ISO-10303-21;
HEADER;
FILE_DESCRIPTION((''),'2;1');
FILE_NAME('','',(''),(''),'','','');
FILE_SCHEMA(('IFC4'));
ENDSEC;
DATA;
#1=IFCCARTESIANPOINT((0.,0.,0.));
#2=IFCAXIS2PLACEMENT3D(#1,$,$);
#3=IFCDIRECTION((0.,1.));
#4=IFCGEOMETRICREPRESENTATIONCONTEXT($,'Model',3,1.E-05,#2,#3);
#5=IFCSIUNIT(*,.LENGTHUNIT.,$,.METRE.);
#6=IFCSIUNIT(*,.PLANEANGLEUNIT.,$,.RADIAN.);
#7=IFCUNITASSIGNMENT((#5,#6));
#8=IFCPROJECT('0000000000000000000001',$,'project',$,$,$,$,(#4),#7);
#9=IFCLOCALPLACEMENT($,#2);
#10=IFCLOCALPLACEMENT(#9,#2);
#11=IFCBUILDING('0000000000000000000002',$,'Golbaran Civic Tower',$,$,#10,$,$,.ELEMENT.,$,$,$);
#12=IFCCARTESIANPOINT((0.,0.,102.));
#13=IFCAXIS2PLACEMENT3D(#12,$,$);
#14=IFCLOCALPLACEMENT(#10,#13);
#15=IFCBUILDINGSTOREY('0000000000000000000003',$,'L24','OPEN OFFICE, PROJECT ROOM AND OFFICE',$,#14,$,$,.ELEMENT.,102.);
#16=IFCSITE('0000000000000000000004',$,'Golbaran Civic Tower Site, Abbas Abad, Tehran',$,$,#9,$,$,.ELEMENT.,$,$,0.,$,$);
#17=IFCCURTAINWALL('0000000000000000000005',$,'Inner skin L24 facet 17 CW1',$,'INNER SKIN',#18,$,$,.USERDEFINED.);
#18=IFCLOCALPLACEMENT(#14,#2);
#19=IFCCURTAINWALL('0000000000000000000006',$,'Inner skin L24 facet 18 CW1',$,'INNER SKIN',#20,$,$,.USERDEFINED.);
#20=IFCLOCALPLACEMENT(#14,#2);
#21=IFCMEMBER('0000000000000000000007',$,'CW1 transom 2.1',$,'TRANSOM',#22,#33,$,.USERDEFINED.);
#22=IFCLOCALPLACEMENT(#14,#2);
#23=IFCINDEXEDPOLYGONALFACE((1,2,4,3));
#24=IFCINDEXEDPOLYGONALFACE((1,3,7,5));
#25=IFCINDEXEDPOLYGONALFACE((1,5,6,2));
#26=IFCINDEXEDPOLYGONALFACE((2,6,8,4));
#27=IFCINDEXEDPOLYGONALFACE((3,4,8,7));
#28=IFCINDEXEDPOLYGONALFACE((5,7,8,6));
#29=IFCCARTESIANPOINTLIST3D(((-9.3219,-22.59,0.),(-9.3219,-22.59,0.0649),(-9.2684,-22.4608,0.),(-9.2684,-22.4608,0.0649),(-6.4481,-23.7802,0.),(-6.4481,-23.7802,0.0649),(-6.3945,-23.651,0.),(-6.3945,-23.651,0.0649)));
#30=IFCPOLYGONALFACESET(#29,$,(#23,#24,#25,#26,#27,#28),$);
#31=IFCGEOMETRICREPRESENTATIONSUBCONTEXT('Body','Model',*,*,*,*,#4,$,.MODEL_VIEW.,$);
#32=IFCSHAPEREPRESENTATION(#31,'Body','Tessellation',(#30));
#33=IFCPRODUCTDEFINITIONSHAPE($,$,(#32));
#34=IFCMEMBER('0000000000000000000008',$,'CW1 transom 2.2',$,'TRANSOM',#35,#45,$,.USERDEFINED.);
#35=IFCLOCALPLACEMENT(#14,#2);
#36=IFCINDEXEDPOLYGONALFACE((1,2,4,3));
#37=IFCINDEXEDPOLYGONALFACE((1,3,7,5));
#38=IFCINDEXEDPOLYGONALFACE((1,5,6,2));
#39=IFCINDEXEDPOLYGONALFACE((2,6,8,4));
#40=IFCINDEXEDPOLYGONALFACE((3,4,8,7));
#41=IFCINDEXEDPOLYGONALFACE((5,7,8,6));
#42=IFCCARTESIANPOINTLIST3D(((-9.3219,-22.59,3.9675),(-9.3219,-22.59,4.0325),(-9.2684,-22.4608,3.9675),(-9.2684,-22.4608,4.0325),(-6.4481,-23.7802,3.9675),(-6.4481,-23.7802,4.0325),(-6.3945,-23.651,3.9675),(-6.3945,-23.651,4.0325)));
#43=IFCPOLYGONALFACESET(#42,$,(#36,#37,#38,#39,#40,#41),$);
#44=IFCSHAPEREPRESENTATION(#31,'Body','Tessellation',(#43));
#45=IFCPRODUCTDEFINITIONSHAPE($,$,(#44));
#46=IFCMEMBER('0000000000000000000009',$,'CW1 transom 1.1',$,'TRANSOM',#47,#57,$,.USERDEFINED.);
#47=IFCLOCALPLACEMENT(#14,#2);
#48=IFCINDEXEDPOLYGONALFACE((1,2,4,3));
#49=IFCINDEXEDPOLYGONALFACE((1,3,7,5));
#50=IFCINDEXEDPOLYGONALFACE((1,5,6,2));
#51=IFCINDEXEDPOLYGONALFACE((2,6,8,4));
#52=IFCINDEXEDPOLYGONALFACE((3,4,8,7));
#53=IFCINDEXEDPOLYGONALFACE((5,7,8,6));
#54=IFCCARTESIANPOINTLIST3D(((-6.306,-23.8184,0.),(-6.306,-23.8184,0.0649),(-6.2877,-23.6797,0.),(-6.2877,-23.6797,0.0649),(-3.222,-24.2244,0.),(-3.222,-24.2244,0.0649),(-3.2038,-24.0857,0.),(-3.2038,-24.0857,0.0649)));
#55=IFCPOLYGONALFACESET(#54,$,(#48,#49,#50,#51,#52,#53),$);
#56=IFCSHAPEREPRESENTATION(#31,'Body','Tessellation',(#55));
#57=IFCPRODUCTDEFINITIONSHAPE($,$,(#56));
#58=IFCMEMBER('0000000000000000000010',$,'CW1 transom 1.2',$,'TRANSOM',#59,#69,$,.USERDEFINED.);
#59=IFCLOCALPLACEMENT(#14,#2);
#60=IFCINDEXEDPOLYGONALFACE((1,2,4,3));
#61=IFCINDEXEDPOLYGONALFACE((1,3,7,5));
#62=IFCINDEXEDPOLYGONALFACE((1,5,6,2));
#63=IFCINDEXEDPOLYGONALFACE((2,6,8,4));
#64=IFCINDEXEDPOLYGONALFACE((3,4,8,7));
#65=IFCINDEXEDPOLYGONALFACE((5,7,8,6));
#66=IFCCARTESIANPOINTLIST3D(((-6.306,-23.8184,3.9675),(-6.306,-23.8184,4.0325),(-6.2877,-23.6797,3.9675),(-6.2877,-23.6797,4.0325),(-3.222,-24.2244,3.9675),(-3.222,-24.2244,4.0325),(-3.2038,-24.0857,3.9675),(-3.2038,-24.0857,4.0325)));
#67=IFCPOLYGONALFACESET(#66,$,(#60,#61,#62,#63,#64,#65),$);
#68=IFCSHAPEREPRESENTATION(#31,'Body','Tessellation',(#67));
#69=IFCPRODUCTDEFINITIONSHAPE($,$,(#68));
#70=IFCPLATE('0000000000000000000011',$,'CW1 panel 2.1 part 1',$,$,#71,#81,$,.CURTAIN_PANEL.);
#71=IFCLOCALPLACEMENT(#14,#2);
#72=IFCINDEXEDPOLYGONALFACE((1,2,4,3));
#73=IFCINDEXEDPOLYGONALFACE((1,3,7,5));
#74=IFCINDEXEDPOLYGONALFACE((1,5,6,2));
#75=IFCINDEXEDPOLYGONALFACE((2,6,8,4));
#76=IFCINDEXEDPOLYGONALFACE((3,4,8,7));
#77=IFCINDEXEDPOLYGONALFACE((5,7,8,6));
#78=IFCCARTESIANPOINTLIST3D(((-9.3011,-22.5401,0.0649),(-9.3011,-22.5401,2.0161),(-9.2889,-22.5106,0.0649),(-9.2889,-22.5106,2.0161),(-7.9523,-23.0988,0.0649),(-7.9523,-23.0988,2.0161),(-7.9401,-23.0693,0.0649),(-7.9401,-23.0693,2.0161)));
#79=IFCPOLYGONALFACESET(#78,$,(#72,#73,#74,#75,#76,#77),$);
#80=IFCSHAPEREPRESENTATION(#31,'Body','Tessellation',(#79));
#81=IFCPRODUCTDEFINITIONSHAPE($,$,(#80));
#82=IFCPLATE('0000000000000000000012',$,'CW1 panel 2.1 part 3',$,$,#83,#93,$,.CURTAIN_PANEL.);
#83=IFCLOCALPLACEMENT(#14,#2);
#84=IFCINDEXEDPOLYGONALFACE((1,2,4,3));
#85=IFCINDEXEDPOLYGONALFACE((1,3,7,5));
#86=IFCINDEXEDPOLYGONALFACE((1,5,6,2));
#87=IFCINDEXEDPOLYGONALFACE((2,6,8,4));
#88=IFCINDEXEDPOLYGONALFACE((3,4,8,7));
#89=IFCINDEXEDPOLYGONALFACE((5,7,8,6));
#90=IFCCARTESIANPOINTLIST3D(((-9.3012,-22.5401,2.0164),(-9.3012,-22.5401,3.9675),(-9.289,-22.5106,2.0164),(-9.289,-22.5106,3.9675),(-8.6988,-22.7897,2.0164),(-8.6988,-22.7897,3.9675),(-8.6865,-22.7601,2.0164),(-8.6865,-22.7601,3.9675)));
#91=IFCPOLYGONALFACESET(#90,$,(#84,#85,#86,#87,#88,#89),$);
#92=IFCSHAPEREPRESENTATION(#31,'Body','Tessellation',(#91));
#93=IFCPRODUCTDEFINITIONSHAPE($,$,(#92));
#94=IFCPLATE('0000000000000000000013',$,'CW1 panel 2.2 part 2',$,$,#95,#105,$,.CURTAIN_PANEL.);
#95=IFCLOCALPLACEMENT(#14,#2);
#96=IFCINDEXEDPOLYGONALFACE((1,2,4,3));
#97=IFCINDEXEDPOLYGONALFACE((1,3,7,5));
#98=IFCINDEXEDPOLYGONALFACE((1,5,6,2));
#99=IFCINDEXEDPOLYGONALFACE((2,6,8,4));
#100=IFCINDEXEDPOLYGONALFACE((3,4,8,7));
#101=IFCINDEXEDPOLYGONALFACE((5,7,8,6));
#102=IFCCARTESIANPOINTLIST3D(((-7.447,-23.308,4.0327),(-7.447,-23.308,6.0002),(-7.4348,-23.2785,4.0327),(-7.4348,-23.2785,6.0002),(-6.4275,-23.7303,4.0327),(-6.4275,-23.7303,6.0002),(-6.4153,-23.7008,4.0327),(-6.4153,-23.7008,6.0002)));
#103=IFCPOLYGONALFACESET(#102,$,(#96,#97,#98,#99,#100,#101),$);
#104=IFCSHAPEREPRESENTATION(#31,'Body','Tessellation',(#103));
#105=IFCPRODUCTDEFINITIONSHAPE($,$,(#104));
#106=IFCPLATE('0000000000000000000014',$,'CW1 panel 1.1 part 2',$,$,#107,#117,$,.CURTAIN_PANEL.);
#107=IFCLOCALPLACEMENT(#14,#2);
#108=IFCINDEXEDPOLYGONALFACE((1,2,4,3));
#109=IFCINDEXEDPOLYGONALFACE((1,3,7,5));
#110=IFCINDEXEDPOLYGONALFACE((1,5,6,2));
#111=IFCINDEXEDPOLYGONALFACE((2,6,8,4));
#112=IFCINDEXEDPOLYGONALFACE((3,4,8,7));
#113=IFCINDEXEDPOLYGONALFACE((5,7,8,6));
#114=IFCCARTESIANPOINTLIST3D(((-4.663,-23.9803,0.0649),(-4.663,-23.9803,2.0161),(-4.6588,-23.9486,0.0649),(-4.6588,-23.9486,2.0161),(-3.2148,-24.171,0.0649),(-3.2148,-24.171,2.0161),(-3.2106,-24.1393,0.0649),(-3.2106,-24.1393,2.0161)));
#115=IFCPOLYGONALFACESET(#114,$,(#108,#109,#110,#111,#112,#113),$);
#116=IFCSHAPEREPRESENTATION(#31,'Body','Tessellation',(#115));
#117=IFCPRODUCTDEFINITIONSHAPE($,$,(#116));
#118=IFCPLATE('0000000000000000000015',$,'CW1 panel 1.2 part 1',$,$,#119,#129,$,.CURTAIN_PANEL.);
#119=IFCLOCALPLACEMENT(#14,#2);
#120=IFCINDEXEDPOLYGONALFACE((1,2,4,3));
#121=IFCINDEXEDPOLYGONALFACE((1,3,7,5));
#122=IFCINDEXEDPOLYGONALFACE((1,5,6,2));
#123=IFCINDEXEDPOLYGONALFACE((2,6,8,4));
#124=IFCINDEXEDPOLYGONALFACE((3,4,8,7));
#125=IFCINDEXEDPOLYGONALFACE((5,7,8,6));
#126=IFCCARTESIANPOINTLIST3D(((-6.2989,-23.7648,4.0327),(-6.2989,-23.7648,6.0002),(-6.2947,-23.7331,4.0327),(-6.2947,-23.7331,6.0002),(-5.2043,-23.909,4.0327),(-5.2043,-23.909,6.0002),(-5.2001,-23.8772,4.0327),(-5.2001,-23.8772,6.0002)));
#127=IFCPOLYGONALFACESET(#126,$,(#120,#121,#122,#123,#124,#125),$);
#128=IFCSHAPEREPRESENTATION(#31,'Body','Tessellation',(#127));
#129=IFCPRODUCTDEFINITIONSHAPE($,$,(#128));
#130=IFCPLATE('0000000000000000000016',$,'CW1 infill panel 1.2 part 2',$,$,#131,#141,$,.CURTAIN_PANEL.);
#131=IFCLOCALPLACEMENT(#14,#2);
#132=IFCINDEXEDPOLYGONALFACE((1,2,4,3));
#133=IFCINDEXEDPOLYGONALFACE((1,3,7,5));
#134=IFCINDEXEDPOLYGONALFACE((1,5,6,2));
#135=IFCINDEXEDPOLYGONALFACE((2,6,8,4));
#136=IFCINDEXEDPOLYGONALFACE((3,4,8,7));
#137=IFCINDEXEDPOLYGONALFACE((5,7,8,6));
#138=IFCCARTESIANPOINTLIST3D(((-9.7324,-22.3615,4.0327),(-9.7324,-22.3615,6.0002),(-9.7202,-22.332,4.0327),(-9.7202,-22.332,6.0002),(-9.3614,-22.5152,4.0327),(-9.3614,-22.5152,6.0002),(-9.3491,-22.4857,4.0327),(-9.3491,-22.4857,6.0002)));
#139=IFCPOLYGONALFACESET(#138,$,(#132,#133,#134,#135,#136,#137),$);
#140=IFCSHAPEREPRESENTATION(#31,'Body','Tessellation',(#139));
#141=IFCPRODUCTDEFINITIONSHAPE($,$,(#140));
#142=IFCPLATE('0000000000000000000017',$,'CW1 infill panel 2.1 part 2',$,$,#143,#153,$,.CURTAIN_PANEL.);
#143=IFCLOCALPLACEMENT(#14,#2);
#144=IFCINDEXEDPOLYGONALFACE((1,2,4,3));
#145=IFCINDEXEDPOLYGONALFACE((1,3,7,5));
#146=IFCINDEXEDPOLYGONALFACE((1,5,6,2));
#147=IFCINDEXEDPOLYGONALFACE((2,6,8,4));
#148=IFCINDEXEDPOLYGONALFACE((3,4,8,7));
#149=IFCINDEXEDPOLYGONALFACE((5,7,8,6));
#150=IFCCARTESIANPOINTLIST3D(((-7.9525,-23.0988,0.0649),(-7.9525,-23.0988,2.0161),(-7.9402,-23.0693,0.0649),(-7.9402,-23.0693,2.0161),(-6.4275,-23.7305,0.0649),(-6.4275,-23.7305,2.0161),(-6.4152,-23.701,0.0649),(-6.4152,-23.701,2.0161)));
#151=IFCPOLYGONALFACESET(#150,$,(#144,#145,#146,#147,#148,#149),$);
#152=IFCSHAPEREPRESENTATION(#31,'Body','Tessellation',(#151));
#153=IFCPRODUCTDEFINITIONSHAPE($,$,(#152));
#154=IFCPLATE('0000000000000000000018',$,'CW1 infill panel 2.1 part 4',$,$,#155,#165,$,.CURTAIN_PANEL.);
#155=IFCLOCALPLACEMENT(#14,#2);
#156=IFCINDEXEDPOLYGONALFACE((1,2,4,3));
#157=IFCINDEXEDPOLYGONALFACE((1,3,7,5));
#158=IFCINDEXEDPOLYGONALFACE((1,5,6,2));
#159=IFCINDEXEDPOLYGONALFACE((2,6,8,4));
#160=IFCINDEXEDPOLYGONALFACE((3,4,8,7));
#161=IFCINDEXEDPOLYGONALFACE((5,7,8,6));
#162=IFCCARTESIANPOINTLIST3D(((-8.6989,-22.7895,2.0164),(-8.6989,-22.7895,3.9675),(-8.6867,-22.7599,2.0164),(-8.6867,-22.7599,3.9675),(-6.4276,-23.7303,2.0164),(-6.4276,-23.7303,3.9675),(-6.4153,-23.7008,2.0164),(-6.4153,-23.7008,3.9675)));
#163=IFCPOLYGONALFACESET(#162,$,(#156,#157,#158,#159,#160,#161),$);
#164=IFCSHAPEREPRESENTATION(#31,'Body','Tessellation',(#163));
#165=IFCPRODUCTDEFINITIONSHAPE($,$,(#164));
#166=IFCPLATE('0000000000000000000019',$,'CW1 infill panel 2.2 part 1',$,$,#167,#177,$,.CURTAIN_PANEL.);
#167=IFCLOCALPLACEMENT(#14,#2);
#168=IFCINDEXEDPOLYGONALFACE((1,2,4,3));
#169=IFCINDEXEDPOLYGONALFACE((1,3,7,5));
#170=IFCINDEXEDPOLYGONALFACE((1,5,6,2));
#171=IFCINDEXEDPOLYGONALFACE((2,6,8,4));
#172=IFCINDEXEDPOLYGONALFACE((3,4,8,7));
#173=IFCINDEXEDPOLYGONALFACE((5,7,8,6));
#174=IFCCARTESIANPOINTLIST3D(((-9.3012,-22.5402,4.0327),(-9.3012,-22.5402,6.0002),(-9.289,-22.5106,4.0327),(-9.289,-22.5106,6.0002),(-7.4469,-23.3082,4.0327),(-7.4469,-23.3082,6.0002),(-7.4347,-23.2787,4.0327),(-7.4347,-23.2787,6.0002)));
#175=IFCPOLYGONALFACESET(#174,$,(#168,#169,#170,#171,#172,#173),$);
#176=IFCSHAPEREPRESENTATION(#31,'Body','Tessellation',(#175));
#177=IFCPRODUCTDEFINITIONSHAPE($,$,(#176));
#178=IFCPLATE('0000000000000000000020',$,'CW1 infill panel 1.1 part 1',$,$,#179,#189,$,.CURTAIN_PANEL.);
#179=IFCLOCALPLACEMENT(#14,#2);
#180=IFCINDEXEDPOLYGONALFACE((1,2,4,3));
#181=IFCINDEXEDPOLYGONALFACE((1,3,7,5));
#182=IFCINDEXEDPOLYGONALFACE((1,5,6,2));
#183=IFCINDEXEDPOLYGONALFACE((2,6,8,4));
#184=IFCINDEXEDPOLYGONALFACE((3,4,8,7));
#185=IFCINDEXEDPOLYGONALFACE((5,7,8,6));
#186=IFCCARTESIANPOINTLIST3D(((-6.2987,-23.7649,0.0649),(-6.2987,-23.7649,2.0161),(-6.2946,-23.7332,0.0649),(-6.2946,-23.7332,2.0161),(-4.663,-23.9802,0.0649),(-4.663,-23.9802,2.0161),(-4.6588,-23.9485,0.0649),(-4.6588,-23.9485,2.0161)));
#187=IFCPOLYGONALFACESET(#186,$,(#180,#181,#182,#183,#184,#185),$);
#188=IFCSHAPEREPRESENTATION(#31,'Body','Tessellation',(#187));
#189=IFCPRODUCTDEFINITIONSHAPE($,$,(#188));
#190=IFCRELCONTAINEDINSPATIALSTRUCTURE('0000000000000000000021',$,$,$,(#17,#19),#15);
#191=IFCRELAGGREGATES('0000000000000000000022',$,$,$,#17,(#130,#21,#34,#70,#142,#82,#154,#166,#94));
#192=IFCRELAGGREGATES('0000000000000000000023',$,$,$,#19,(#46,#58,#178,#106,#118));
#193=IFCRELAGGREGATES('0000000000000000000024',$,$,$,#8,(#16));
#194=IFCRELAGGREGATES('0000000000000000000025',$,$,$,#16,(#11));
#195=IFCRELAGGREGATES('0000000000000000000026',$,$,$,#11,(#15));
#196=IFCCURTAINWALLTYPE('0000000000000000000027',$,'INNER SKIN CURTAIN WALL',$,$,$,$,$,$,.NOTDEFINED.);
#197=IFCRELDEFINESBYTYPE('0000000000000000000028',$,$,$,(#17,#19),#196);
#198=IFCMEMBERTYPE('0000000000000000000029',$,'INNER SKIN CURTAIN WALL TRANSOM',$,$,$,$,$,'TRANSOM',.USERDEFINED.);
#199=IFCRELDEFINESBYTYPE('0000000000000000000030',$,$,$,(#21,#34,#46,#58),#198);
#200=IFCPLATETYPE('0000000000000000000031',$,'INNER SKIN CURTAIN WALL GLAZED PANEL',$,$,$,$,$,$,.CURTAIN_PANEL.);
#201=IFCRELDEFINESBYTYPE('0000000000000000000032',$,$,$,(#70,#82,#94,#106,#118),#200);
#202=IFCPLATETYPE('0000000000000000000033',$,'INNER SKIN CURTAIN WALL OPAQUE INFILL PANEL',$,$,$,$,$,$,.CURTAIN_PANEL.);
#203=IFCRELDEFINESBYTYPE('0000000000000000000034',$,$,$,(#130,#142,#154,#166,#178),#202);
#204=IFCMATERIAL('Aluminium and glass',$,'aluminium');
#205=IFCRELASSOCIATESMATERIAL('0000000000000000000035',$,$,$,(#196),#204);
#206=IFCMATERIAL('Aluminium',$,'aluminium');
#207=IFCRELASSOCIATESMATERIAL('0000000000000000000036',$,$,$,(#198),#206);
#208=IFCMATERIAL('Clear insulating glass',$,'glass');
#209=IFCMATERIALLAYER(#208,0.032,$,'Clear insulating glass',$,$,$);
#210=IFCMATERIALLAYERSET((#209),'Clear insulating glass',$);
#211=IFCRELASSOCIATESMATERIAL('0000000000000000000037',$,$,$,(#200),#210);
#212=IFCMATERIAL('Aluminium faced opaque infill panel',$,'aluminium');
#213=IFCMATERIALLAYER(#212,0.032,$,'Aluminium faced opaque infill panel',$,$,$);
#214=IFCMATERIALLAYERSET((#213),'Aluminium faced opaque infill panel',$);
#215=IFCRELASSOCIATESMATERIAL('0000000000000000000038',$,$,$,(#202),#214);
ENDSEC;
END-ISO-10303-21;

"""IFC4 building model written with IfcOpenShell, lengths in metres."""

from ifc_helpers import new_model, si_unit, direction, frame, origin, origin_2d, place, context, subcontext, project, spatial, rectangle, extrude, material, layer, layer_set, material_profile, profile_set, type_object, element, aggregate, save


model = new_model("IFC4")

# Units and contexts
model_context = context("Model", 3, precision=1e-05, world=origin(), true_north=direction((0.0, 1.0)))
body_context = subcontext(model_context, "Body", "Model", "MODEL_VIEW")
ifc_project = project(units=[si_unit("LENGTHUNIT", "METRE"), si_unit("PLANEANGLEUNIT", "RADIAN")], contexts=[model_context])

# Site, building, storey
site_placement = place(None, origin())
site = spatial("IfcSite", under=ifc_project, at=site_placement, Name="Golbaran Civic Tower Site, Abbas Abad, Tehran", CompositionType="ELEMENT", RefElevation=0.0)
building_placement = place(site_placement, origin())
building = spatial("IfcBuilding", under=site, at=building_placement, Name="Golbaran Civic Tower", CompositionType="ELEMENT")
storey_placement = place(building_placement, frame((0.0, 0.0, 102.0)))
storey = spatial("IfcBuildingStorey", under=building, at=storey_placement, Name="L24", Description="OPEN OFFICE, PROJECT ROOM AND OFFICE", CompositionType="ELEMENT", Elevation=102.0)

# Curtain wall
ifc_material_1 = material(Name="Aluminium and glass", Category="aluminium")
curtain_wall_type = type_object("IfcCurtainWallType", Name="INNER SKIN CURTAIN WALL", PredefinedType="NOTDEFINED", material=ifc_material_1)
curtain_wall_1_placement = place(storey_placement, origin())
curtain_wall_1 = element("IfcCurtainWall", 1, at=curtain_wall_1_placement, inside=storey, type_object=curtain_wall_type, Name="Inner skin L24 facet 17 CW1", ObjectType="INNER SKIN", PredefinedType="USERDEFINED")
ifc_material_2 = material(Name="Aluminium", Category="aluminium")

# Curtain wall
curtain_wall_2_placement = place(storey_placement, origin())
curtain_wall_2 = element("IfcCurtainWall", 2, at=curtain_wall_2_placement, inside=storey, type_object=curtain_wall_type, Name="Inner skin L24 facet 18 CW1", ObjectType="INNER SKIN", PredefinedType="USERDEFINED")

# Members
ifc_material_profile_1 = material_profile(ifc_material_2, rectangle(XDim=0.1399, YDim=0.0649, at=origin_2d()), Name="INNER SKIN CURTAIN WALL TRANSOM")
ifc_profile_set_1 = profile_set([ifc_material_profile_1], Name="Aluminium")
member_type_1 = type_object("IfcMemberType", Name="INNER SKIN CURTAIN WALL TRANSOM", ElementType="TRANSOM", PredefinedType="USERDEFINED", material=ifc_profile_set_1)
member_1_placement = place(storey_placement, frame((-9.2952, -22.5254, 0.0325), z_axis=(0.923899, -0.382636, 0.0), x_axis=(0.382636, 0.923899, 0.0)))
member_1 = element("IfcMember", 3, at=member_1_placement, type_object=member_type_1, Name="CW1 transom 2.1", ObjectType="TRANSOM", PredefinedType="USERDEFINED", context=body_context, shape_type="SweptSolid", body=[
    extrude(rectangle(XDim=0.1399, YDim=0.0649, at=origin_2d()), origin(), (0.0, 0.0, 1.0), 3.1106),
])
member_2_placement = place(storey_placement, frame((-9.2952, -22.5254, 4.0), z_axis=(0.923899, -0.382636, 0.0), x_axis=(0.382636, 0.923899, 0.0)))
member_2 = element("IfcMember", 4, at=member_2_placement, type_object=member_type_1, Name="CW1 transom 2.2", ObjectType="TRANSOM", PredefinedType="USERDEFINED", context=body_context, shape_type="SweptSolid", body=[
    extrude(rectangle(XDim=0.1399, YDim=0.0649, at=origin_2d()), origin(), (0.0, 0.0, 1.0), 3.1106),
])
member_3_placement = place(storey_placement, frame((-6.2969, -23.749, 0.0325), z_axis=(0.991445, -0.130524, 0.0), x_axis=(0.130524, 0.991445, 0.0)))
member_3 = element("IfcMember", 5, at=member_3_placement, type_object=member_type_1, Name="CW1 transom 1.1", ObjectType="TRANSOM", PredefinedType="USERDEFINED", context=body_context, shape_type="SweptSolid", body=[
    extrude(rectangle(XDim=0.1399, YDim=0.0649, at=origin_2d()), origin(), (0.0, 0.0, 1.0), 3.1106),
])
member_4_placement = place(storey_placement, frame((-6.2969, -23.749, 4.0), z_axis=(0.991445, -0.130524, 0.0), x_axis=(0.130524, 0.991445, 0.0)))
member_4 = element("IfcMember", 6, at=member_4_placement, type_object=member_type_1, Name="CW1 transom 1.2", ObjectType="TRANSOM", PredefinedType="USERDEFINED", context=body_context, shape_type="SweptSolid", body=[
    extrude(rectangle(XDim=0.1399, YDim=0.0649, at=origin_2d()), origin(), (0.0, 0.0, 1.0), 3.1106),
])

# Plates
ifc_material_3 = material(Name="Clear insulating glass", Category="glass")
ifc_layer_1 = layer(ifc_material_3, 0.032, Name="Clear insulating glass")
ifc_layer_set_1 = layer_set([ifc_layer_1], Name="Clear insulating glass")
plate_type_1 = type_object("IfcPlateType", Name="INNER SKIN CURTAIN WALL GLAZED PANEL", PredefinedType="CURTAIN_PANEL", material=ifc_layer_set_1)
plate_1_placement = place(storey_placement, frame((-8.6206, -22.8047, 0.0649), z_axis=(0.0, 0.0, 1.0), x_axis=(0.92388, -0.382683, 0.0)))
plate_1 = element("IfcPlate", 7, at=plate_1_placement, type_object=plate_type_1, Name="CW1 panel 2.1 part 1", PredefinedType="CURTAIN_PANEL", context=body_context, shape_type="SweptSolid", body=[
    extrude(rectangle(XDim=1.46, YDim=0.032, at=origin_2d()), origin(), (0.0, 0.0, 1.0), 1.9512),
])
plate_2_placement = place(storey_placement, frame((-8.9939, -22.6501, 2.0164), z_axis=(0.0, 0.0, 1.0), x_axis=(0.92388, -0.382683, 0.0)))
plate_2 = element("IfcPlate", 8, at=plate_2_placement, type_object=plate_type_1, Name="CW1 panel 2.1 part 3", PredefinedType="CURTAIN_PANEL", context=body_context, shape_type="SweptSolid", body=[
    extrude(rectangle(XDim=0.6521, YDim=0.032, at=origin_2d()), origin(), (0.0, 0.0, 1.0), 1.9512),
])
plate_3_placement = place(storey_placement, frame((-6.9312, -23.5044, 4.0327), z_axis=(0.0, 0.0, 1.0), x_axis=(0.92388, -0.382683, 0.0)))
plate_3 = element("IfcPlate", 9, at=plate_3_placement, type_object=plate_type_1, Name="CW1 panel 2.2 part 2", PredefinedType="CURTAIN_PANEL", context=body_context, shape_type="SweptSolid", body=[
    extrude(rectangle(XDim=1.1035, YDim=0.032, at=origin_2d()), origin(), (0.0, 0.0, 1.0), 1.9675),
])
plate_4_placement = place(storey_placement, frame((-3.9368, -24.0598, 0.0649), z_axis=(0.0, 0.0, 1.0), x_axis=(0.991445, -0.130526, 0.0)))
plate_4 = element("IfcPlate", 10, at=plate_4_placement, type_object=plate_type_1, Name="CW1 panel 1.1 part 2", PredefinedType="CURTAIN_PANEL", context=body_context, shape_type="SweptSolid", body=[
    extrude(rectangle(XDim=1.4607, YDim=0.032, at=origin_2d()), origin(), (0.0, 0.0, 1.0), 1.9512),
])
plate_5_placement = place(storey_placement, frame((-5.7495, -23.821, 4.0327), z_axis=(0.0, 0.0, 1.0), x_axis=(0.991445, -0.130526, 0.0)))
plate_5 = element("IfcPlate", 11, at=plate_5_placement, type_object=plate_type_1, Name="CW1 panel 1.2 part 1", PredefinedType="CURTAIN_PANEL", context=body_context, shape_type="SweptSolid", body=[
    extrude(rectangle(XDim=1.104, YDim=0.032, at=origin_2d()), origin(), (0.0, 0.0, 1.0), 1.9675),
])
ifc_material_4 = material(Name="Aluminium faced opaque infill panel", Category="aluminium")
ifc_layer_2 = layer(ifc_material_4, 0.032, Name="Aluminium faced opaque infill panel")
ifc_layer_set_2 = layer_set([ifc_layer_2], Name="Aluminium faced opaque infill panel")
plate_type_2 = type_object("IfcPlateType", Name="INNER SKIN CURTAIN WALL OPAQUE INFILL PANEL", PredefinedType="CURTAIN_PANEL", material=ifc_layer_set_2)
plate_6_placement = place(storey_placement, frame((-9.5408, -22.4236, 4.0327), z_axis=(0.0, 0.0, 1.0), x_axis=(0.92388, -0.382683, 0.0)))
plate_6 = element("IfcPlate", 12, at=plate_6_placement, type_object=plate_type_2, Name="CW1 infill panel 1.2 part 2", PredefinedType="CURTAIN_PANEL", context=body_context, shape_type="SweptSolid", body=[
    extrude(rectangle(XDim=0.4016, YDim=0.032, at=origin_2d()), origin(), (0.0, 0.0, 1.0), 1.9675),
])
plate_7_placement = place(storey_placement, frame((-7.1838, -23.3999, 0.0649), z_axis=(0.0, 0.0, 1.0), x_axis=(0.92388, -0.382683, 0.0)))
plate_7 = element("IfcPlate", 13, at=plate_7_placement, type_object=plate_type_2, Name="CW1 infill panel 2.1 part 2", PredefinedType="CURTAIN_PANEL", context=body_context, shape_type="SweptSolid", body=[
    extrude(rectangle(XDim=1.6506, YDim=0.032, at=origin_2d()), origin(), (0.0, 0.0, 1.0), 1.9512),
])
plate_8_placement = place(storey_placement, frame((-7.5571, -23.2451, 2.0164), z_axis=(0.0, 0.0, 1.0), x_axis=(0.92388, -0.382683, 0.0)))
plate_8 = element("IfcPlate", 14, at=plate_8_placement, type_object=plate_type_2, Name="CW1 infill panel 2.1 part 4", PredefinedType="CURTAIN_PANEL", context=body_context, shape_type="SweptSolid", body=[
    extrude(rectangle(XDim=2.4585, YDim=0.032, at=origin_2d()), origin(), (0.0, 0.0, 1.0), 1.9512),
])
plate_9_placement = place(storey_placement, frame((-8.3679, -22.9094, 4.0327), z_axis=(0.0, 0.0, 1.0), x_axis=(0.92388, -0.382683, 0.0)))
plate_9 = element("IfcPlate", 15, at=plate_9_placement, type_object=plate_type_2, Name="CW1 infill panel 2.2 part 1", PredefinedType="CURTAIN_PANEL", context=body_context, shape_type="SweptSolid", body=[
    extrude(rectangle(XDim=2.0071, YDim=0.032, at=origin_2d()), origin(), (0.0, 0.0, 1.0), 1.9675),
])
aggregate(curtain_wall_1, [plate_6, member_1, member_2, plate_1, plate_7, plate_2, plate_8, plate_9, plate_3])
plate_10_placement = place(storey_placement, frame((-5.4788, -23.8567, 0.0649), z_axis=(0.0, 0.0, 1.0), x_axis=(0.991445, -0.130526, 0.0)))
plate_10 = element("IfcPlate", 16, at=plate_10_placement, type_object=plate_type_2, Name="CW1 infill panel 1.1 part 1", PredefinedType="CURTAIN_PANEL", context=body_context, shape_type="SweptSolid", body=[
    extrude(rectangle(XDim=1.6499, YDim=0.032, at=origin_2d()), origin(), (0.0, 0.0, 1.0), 1.9512),
])
aggregate(curtain_wall_2, [member_3, member_4, plate_10, plate_4, plate_5])

save(model, "model.ifc")
